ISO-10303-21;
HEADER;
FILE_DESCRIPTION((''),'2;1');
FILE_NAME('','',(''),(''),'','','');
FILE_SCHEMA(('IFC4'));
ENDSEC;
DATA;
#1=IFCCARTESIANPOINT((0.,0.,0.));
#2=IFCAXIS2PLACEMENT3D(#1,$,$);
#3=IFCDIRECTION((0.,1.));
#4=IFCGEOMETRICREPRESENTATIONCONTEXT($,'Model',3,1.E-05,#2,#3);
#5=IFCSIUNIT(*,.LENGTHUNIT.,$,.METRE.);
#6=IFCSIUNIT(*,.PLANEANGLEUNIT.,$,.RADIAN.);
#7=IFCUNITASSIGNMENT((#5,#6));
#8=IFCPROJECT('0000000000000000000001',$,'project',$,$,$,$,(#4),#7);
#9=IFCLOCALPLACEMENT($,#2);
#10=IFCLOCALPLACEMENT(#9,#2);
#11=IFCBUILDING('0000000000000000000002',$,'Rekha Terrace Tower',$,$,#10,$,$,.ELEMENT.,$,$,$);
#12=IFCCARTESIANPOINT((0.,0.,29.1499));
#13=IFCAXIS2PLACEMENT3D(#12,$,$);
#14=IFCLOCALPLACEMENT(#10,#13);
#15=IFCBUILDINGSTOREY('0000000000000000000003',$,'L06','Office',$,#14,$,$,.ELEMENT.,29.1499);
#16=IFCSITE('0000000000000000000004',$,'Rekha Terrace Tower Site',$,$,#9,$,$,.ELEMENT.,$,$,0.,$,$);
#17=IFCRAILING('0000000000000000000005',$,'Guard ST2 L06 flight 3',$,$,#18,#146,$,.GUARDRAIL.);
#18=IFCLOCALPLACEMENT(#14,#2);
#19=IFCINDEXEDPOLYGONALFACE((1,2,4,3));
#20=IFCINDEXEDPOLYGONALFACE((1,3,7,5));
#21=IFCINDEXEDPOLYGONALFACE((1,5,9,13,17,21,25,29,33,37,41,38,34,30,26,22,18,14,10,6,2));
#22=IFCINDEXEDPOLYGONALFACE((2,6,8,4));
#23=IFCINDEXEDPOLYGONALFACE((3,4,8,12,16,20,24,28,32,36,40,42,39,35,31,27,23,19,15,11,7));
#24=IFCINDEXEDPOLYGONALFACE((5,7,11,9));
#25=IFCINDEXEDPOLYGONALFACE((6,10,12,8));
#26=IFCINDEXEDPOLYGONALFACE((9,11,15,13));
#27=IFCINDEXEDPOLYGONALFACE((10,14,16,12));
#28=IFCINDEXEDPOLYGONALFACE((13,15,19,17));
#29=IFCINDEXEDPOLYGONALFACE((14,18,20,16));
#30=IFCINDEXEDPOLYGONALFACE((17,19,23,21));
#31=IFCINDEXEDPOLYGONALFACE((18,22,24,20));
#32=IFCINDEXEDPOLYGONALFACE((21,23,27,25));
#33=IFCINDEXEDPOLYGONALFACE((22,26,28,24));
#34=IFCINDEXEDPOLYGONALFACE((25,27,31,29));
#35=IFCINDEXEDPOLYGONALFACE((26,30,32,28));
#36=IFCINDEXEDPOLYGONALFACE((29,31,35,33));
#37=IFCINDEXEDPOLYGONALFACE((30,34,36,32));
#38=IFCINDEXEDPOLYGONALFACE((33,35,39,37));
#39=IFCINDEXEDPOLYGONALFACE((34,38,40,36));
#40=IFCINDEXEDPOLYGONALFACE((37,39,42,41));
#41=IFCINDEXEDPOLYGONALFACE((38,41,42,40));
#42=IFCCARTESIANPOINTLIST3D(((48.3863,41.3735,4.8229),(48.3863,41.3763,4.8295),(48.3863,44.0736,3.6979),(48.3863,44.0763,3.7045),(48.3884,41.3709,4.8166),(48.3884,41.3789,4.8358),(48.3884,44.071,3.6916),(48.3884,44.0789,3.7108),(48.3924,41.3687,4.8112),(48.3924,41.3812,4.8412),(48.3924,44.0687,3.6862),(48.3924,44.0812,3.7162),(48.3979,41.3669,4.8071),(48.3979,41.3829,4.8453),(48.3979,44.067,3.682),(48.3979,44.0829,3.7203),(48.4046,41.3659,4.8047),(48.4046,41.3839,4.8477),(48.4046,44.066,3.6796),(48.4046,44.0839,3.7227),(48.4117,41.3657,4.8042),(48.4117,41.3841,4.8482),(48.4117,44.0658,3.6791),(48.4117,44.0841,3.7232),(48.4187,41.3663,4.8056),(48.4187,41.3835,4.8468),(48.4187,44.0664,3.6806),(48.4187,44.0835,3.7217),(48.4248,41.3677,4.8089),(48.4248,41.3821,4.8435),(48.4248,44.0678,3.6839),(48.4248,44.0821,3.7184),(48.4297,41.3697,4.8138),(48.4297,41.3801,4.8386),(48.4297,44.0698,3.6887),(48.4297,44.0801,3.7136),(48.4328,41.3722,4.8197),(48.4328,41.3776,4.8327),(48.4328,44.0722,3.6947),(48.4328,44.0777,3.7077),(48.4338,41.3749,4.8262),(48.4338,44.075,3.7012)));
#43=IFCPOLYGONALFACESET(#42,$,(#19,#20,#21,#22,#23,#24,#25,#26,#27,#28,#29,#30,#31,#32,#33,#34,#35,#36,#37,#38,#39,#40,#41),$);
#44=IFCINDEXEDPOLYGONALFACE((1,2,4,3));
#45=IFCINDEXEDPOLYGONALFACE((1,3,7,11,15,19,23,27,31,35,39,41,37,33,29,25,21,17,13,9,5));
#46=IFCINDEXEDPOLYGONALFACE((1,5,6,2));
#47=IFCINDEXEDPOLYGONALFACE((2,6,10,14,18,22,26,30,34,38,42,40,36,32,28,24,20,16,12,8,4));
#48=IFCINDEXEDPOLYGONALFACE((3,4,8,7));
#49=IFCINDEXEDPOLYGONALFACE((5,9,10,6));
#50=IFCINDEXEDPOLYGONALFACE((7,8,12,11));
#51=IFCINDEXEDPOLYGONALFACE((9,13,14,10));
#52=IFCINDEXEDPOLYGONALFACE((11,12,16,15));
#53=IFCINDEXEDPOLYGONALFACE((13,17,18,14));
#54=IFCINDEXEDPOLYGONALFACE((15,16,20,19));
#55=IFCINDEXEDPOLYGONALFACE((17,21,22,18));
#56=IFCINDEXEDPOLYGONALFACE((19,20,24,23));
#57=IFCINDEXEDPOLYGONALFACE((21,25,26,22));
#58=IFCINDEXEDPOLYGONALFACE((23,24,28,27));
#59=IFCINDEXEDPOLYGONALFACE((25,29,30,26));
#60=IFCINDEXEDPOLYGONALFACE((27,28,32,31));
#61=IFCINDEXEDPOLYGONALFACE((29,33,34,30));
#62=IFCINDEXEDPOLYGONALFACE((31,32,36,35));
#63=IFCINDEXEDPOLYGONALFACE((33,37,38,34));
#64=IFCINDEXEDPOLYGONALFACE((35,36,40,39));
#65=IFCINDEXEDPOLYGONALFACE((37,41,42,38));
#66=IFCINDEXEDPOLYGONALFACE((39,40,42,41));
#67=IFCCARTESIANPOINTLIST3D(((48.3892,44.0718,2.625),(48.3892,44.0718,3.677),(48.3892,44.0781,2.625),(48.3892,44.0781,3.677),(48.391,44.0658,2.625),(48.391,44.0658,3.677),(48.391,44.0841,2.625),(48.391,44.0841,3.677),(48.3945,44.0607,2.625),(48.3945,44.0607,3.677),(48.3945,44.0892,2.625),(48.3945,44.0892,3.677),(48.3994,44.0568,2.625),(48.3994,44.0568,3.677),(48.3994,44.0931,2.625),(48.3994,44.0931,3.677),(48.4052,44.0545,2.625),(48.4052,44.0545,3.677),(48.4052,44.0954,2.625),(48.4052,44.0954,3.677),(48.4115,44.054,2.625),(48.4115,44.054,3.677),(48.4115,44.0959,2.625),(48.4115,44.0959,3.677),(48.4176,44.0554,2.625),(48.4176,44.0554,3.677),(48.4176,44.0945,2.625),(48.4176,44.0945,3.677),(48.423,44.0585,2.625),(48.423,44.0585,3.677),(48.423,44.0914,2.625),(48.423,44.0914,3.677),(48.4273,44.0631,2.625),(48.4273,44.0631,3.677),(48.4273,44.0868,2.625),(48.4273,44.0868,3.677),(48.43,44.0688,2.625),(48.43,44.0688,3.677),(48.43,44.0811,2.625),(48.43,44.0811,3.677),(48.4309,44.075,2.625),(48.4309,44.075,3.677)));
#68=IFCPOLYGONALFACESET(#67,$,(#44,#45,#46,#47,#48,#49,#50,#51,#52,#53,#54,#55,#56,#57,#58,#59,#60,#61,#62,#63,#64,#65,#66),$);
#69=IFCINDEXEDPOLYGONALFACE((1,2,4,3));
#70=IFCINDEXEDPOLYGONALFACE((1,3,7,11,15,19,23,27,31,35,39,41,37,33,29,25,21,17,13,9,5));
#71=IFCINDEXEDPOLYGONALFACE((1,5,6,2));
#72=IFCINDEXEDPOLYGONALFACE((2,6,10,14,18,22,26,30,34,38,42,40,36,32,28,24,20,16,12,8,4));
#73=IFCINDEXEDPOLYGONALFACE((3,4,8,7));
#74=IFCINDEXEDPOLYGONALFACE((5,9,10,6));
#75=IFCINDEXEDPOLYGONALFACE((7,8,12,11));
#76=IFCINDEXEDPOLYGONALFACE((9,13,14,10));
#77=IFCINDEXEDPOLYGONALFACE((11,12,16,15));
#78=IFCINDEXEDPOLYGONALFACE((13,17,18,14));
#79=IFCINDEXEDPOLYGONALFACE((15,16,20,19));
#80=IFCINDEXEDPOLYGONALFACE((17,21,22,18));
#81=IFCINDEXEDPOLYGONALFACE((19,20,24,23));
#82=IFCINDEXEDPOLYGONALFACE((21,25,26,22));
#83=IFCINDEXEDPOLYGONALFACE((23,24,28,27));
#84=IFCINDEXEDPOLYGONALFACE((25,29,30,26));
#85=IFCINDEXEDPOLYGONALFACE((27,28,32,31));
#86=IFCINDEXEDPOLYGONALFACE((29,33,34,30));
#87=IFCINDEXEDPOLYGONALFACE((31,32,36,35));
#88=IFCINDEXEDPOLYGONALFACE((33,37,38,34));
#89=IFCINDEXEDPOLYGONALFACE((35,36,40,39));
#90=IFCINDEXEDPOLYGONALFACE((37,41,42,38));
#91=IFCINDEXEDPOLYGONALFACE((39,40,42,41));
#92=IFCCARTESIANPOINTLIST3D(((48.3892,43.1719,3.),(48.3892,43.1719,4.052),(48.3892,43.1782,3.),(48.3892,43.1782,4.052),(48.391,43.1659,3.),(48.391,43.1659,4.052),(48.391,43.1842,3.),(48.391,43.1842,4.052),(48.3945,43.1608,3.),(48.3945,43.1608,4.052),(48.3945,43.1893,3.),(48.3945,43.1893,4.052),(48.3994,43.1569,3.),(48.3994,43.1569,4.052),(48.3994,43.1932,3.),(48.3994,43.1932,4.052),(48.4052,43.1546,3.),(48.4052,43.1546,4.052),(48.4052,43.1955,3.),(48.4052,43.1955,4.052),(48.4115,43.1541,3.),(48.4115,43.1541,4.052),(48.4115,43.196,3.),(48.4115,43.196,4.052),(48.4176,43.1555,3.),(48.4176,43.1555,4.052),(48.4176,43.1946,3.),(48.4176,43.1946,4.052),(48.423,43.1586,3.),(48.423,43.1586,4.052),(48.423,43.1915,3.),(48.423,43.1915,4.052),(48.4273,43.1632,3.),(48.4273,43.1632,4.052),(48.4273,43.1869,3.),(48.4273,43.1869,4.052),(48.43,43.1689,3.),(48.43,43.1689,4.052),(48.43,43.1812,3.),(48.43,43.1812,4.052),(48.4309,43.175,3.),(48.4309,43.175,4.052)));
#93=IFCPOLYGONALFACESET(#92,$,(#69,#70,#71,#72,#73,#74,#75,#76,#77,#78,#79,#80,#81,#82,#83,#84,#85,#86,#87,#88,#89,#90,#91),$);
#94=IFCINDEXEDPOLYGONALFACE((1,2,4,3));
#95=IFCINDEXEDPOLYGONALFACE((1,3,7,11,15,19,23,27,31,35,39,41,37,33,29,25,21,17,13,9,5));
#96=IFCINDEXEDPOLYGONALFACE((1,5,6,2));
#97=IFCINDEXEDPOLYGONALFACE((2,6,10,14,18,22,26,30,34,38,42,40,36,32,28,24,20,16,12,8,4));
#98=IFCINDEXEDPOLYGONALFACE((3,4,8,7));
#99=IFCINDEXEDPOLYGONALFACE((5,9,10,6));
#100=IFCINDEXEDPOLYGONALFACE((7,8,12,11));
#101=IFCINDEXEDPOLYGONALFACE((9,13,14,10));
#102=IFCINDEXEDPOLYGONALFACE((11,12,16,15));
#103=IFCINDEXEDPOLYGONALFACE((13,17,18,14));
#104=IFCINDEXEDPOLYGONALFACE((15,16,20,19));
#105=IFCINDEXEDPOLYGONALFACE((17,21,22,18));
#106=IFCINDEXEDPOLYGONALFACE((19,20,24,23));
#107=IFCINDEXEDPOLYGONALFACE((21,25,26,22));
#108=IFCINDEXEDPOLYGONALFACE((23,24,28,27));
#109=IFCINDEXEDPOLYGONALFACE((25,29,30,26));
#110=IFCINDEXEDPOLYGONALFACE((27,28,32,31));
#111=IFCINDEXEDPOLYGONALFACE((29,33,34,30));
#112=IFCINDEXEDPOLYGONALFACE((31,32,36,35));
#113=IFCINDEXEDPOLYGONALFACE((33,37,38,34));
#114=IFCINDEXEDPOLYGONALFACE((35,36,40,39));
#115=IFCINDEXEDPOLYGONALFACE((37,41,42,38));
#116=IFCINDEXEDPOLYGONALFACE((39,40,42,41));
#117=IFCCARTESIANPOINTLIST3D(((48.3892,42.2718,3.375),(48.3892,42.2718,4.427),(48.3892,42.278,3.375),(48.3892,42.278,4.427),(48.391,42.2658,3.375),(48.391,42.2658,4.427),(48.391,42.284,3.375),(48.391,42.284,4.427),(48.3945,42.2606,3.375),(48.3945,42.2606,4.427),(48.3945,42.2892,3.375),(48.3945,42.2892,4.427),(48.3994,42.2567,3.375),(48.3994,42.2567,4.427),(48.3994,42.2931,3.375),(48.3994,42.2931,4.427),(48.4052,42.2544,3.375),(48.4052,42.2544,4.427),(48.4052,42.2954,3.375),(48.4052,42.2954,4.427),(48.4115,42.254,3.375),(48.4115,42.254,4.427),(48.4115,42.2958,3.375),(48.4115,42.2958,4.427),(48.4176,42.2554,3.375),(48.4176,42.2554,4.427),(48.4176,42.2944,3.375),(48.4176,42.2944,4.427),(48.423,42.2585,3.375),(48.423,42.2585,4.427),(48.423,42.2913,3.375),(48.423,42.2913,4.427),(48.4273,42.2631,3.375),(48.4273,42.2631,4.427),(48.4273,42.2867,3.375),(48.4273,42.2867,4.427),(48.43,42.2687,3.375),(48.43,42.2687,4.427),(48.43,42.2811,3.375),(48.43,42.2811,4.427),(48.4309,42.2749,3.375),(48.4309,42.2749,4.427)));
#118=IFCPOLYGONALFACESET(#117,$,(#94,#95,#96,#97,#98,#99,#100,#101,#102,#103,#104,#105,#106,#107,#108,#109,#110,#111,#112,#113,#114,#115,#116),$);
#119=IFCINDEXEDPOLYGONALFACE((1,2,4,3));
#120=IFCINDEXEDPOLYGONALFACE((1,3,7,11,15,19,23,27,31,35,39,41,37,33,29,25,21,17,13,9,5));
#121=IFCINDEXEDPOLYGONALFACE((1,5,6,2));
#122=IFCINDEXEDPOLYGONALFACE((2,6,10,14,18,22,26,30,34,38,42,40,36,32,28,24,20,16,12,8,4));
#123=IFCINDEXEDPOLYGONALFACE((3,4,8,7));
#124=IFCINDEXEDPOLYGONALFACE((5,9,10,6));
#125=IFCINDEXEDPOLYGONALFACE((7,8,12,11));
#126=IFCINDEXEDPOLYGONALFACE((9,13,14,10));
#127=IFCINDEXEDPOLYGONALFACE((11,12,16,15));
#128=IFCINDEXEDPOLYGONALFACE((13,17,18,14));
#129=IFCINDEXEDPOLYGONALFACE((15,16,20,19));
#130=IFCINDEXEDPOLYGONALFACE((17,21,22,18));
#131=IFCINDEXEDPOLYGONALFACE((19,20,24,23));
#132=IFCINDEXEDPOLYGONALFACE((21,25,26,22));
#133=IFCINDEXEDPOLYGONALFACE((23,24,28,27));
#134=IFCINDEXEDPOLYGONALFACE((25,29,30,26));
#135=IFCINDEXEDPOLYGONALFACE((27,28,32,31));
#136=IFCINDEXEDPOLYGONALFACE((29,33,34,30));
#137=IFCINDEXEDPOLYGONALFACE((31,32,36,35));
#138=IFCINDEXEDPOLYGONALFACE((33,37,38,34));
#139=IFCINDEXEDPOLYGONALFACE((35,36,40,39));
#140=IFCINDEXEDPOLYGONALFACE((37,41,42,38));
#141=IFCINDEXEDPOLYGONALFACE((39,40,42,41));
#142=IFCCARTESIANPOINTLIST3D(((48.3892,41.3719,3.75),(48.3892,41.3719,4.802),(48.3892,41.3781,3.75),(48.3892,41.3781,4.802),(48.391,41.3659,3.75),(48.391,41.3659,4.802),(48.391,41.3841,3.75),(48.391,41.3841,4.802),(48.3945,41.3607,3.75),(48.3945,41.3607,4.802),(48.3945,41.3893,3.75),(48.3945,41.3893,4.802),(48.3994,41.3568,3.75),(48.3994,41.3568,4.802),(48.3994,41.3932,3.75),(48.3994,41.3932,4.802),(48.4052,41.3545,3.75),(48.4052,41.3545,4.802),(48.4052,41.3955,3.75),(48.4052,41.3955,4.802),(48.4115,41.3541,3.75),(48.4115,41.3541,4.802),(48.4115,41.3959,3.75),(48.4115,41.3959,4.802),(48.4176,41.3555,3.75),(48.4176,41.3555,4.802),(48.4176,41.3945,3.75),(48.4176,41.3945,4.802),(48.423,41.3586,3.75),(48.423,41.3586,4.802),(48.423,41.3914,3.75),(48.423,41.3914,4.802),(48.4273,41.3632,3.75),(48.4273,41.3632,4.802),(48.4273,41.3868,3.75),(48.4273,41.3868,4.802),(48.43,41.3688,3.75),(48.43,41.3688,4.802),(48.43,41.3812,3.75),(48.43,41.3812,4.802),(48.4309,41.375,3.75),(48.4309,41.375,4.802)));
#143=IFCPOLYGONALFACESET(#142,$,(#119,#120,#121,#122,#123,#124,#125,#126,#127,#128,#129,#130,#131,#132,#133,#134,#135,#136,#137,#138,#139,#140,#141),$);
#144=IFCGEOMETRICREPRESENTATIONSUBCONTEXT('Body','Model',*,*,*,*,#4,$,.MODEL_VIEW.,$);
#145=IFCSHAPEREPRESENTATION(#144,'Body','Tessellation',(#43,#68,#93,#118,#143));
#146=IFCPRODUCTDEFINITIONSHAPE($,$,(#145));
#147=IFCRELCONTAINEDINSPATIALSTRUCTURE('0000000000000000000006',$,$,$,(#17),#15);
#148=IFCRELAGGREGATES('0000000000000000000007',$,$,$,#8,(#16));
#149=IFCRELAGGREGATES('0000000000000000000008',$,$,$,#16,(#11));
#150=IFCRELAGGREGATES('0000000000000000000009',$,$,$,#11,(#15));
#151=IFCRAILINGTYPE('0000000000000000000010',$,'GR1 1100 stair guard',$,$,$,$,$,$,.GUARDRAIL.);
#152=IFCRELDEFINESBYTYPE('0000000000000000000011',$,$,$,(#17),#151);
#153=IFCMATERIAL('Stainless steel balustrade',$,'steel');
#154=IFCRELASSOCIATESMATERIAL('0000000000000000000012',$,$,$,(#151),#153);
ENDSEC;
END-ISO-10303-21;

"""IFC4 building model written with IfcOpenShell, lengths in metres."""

from ifc_helpers import new_model, si_unit, direction, frame, origin, origin_2d, place, context, subcontext, project, spatial, circle, extrude, material, type_object, element, save


model = new_model("IFC4")

# Units and contexts
model_context = context("Model", 3, precision=1e-05, world=origin(), true_north=direction((0.0, 1.0)))
body_context = subcontext(model_context, "Body", "Model", "MODEL_VIEW")
ifc_project = project(units=[si_unit("LENGTHUNIT", "METRE"), si_unit("PLANEANGLEUNIT", "RADIAN")], contexts=[model_context])

# Site, building, storey
site_placement = place(None, origin())
site = spatial("IfcSite", under=ifc_project, at=site_placement, Name="Rekha Terrace Tower Site", CompositionType="ELEMENT", RefElevation=0.0)
building_placement = place(site_placement, origin())
building = spatial("IfcBuilding", under=site, at=building_placement, Name="Rekha Terrace Tower", CompositionType="ELEMENT")
storey_placement = place(building_placement, frame((0.0, 0.0, 29.1499)))
storey = spatial("IfcBuildingStorey", under=building, at=storey_placement, Name="L06", Description="Office", CompositionType="ELEMENT", Elevation=29.1499)

# Railing
ifc_material_1 = material(Name="Stainless steel balustrade", Category="steel")
railing_type_1 = type_object("IfcRailingType", Name="GR1 1100 stair guard", PredefinedType="GUARDRAIL", material=ifc_material_1)
railing_1_placement = place(storey_placement, frame((48.4099, 44.075, 2.625)))
element("IfcRailing", 1, at=railing_1_placement, inside=storey, type_object=railing_type_1, Name="Guard ST2 L06 flight 3", PredefinedType="GUARDRAIL", context=body_context, shape_type="SweptSolid", body=[
    extrude(circle(Radius=0.0239, at=origin_2d()), frame((0.0, 0.0, 1.0762), z_axis=(0.0, -0.923074, 0.384621), x_axis=(1.0, 0.0, 0.0)), (0.0, 0.0, 1.0), 2.925),
    extrude(circle(Radius=0.021, at=origin_2d()), origin(), (0.0, 0.0, 1.0), 1.052),
    extrude(circle(Radius=0.021, at=origin_2d()), frame((0.0, -0.8999, 0.375)), (0.0, 0.0, 1.0), 1.052),
    extrude(circle(Radius=0.021, at=origin_2d()), frame((0.0, -1.8, 0.75)), (0.0, 0.0, 1.0), 1.052),
    extrude(circle(Radius=0.021, at=origin_2d()), frame((0.0, -2.7, 1.125)), (0.0, 0.0, 1.0), 1.052),
])

save(model, "model.ifc")
